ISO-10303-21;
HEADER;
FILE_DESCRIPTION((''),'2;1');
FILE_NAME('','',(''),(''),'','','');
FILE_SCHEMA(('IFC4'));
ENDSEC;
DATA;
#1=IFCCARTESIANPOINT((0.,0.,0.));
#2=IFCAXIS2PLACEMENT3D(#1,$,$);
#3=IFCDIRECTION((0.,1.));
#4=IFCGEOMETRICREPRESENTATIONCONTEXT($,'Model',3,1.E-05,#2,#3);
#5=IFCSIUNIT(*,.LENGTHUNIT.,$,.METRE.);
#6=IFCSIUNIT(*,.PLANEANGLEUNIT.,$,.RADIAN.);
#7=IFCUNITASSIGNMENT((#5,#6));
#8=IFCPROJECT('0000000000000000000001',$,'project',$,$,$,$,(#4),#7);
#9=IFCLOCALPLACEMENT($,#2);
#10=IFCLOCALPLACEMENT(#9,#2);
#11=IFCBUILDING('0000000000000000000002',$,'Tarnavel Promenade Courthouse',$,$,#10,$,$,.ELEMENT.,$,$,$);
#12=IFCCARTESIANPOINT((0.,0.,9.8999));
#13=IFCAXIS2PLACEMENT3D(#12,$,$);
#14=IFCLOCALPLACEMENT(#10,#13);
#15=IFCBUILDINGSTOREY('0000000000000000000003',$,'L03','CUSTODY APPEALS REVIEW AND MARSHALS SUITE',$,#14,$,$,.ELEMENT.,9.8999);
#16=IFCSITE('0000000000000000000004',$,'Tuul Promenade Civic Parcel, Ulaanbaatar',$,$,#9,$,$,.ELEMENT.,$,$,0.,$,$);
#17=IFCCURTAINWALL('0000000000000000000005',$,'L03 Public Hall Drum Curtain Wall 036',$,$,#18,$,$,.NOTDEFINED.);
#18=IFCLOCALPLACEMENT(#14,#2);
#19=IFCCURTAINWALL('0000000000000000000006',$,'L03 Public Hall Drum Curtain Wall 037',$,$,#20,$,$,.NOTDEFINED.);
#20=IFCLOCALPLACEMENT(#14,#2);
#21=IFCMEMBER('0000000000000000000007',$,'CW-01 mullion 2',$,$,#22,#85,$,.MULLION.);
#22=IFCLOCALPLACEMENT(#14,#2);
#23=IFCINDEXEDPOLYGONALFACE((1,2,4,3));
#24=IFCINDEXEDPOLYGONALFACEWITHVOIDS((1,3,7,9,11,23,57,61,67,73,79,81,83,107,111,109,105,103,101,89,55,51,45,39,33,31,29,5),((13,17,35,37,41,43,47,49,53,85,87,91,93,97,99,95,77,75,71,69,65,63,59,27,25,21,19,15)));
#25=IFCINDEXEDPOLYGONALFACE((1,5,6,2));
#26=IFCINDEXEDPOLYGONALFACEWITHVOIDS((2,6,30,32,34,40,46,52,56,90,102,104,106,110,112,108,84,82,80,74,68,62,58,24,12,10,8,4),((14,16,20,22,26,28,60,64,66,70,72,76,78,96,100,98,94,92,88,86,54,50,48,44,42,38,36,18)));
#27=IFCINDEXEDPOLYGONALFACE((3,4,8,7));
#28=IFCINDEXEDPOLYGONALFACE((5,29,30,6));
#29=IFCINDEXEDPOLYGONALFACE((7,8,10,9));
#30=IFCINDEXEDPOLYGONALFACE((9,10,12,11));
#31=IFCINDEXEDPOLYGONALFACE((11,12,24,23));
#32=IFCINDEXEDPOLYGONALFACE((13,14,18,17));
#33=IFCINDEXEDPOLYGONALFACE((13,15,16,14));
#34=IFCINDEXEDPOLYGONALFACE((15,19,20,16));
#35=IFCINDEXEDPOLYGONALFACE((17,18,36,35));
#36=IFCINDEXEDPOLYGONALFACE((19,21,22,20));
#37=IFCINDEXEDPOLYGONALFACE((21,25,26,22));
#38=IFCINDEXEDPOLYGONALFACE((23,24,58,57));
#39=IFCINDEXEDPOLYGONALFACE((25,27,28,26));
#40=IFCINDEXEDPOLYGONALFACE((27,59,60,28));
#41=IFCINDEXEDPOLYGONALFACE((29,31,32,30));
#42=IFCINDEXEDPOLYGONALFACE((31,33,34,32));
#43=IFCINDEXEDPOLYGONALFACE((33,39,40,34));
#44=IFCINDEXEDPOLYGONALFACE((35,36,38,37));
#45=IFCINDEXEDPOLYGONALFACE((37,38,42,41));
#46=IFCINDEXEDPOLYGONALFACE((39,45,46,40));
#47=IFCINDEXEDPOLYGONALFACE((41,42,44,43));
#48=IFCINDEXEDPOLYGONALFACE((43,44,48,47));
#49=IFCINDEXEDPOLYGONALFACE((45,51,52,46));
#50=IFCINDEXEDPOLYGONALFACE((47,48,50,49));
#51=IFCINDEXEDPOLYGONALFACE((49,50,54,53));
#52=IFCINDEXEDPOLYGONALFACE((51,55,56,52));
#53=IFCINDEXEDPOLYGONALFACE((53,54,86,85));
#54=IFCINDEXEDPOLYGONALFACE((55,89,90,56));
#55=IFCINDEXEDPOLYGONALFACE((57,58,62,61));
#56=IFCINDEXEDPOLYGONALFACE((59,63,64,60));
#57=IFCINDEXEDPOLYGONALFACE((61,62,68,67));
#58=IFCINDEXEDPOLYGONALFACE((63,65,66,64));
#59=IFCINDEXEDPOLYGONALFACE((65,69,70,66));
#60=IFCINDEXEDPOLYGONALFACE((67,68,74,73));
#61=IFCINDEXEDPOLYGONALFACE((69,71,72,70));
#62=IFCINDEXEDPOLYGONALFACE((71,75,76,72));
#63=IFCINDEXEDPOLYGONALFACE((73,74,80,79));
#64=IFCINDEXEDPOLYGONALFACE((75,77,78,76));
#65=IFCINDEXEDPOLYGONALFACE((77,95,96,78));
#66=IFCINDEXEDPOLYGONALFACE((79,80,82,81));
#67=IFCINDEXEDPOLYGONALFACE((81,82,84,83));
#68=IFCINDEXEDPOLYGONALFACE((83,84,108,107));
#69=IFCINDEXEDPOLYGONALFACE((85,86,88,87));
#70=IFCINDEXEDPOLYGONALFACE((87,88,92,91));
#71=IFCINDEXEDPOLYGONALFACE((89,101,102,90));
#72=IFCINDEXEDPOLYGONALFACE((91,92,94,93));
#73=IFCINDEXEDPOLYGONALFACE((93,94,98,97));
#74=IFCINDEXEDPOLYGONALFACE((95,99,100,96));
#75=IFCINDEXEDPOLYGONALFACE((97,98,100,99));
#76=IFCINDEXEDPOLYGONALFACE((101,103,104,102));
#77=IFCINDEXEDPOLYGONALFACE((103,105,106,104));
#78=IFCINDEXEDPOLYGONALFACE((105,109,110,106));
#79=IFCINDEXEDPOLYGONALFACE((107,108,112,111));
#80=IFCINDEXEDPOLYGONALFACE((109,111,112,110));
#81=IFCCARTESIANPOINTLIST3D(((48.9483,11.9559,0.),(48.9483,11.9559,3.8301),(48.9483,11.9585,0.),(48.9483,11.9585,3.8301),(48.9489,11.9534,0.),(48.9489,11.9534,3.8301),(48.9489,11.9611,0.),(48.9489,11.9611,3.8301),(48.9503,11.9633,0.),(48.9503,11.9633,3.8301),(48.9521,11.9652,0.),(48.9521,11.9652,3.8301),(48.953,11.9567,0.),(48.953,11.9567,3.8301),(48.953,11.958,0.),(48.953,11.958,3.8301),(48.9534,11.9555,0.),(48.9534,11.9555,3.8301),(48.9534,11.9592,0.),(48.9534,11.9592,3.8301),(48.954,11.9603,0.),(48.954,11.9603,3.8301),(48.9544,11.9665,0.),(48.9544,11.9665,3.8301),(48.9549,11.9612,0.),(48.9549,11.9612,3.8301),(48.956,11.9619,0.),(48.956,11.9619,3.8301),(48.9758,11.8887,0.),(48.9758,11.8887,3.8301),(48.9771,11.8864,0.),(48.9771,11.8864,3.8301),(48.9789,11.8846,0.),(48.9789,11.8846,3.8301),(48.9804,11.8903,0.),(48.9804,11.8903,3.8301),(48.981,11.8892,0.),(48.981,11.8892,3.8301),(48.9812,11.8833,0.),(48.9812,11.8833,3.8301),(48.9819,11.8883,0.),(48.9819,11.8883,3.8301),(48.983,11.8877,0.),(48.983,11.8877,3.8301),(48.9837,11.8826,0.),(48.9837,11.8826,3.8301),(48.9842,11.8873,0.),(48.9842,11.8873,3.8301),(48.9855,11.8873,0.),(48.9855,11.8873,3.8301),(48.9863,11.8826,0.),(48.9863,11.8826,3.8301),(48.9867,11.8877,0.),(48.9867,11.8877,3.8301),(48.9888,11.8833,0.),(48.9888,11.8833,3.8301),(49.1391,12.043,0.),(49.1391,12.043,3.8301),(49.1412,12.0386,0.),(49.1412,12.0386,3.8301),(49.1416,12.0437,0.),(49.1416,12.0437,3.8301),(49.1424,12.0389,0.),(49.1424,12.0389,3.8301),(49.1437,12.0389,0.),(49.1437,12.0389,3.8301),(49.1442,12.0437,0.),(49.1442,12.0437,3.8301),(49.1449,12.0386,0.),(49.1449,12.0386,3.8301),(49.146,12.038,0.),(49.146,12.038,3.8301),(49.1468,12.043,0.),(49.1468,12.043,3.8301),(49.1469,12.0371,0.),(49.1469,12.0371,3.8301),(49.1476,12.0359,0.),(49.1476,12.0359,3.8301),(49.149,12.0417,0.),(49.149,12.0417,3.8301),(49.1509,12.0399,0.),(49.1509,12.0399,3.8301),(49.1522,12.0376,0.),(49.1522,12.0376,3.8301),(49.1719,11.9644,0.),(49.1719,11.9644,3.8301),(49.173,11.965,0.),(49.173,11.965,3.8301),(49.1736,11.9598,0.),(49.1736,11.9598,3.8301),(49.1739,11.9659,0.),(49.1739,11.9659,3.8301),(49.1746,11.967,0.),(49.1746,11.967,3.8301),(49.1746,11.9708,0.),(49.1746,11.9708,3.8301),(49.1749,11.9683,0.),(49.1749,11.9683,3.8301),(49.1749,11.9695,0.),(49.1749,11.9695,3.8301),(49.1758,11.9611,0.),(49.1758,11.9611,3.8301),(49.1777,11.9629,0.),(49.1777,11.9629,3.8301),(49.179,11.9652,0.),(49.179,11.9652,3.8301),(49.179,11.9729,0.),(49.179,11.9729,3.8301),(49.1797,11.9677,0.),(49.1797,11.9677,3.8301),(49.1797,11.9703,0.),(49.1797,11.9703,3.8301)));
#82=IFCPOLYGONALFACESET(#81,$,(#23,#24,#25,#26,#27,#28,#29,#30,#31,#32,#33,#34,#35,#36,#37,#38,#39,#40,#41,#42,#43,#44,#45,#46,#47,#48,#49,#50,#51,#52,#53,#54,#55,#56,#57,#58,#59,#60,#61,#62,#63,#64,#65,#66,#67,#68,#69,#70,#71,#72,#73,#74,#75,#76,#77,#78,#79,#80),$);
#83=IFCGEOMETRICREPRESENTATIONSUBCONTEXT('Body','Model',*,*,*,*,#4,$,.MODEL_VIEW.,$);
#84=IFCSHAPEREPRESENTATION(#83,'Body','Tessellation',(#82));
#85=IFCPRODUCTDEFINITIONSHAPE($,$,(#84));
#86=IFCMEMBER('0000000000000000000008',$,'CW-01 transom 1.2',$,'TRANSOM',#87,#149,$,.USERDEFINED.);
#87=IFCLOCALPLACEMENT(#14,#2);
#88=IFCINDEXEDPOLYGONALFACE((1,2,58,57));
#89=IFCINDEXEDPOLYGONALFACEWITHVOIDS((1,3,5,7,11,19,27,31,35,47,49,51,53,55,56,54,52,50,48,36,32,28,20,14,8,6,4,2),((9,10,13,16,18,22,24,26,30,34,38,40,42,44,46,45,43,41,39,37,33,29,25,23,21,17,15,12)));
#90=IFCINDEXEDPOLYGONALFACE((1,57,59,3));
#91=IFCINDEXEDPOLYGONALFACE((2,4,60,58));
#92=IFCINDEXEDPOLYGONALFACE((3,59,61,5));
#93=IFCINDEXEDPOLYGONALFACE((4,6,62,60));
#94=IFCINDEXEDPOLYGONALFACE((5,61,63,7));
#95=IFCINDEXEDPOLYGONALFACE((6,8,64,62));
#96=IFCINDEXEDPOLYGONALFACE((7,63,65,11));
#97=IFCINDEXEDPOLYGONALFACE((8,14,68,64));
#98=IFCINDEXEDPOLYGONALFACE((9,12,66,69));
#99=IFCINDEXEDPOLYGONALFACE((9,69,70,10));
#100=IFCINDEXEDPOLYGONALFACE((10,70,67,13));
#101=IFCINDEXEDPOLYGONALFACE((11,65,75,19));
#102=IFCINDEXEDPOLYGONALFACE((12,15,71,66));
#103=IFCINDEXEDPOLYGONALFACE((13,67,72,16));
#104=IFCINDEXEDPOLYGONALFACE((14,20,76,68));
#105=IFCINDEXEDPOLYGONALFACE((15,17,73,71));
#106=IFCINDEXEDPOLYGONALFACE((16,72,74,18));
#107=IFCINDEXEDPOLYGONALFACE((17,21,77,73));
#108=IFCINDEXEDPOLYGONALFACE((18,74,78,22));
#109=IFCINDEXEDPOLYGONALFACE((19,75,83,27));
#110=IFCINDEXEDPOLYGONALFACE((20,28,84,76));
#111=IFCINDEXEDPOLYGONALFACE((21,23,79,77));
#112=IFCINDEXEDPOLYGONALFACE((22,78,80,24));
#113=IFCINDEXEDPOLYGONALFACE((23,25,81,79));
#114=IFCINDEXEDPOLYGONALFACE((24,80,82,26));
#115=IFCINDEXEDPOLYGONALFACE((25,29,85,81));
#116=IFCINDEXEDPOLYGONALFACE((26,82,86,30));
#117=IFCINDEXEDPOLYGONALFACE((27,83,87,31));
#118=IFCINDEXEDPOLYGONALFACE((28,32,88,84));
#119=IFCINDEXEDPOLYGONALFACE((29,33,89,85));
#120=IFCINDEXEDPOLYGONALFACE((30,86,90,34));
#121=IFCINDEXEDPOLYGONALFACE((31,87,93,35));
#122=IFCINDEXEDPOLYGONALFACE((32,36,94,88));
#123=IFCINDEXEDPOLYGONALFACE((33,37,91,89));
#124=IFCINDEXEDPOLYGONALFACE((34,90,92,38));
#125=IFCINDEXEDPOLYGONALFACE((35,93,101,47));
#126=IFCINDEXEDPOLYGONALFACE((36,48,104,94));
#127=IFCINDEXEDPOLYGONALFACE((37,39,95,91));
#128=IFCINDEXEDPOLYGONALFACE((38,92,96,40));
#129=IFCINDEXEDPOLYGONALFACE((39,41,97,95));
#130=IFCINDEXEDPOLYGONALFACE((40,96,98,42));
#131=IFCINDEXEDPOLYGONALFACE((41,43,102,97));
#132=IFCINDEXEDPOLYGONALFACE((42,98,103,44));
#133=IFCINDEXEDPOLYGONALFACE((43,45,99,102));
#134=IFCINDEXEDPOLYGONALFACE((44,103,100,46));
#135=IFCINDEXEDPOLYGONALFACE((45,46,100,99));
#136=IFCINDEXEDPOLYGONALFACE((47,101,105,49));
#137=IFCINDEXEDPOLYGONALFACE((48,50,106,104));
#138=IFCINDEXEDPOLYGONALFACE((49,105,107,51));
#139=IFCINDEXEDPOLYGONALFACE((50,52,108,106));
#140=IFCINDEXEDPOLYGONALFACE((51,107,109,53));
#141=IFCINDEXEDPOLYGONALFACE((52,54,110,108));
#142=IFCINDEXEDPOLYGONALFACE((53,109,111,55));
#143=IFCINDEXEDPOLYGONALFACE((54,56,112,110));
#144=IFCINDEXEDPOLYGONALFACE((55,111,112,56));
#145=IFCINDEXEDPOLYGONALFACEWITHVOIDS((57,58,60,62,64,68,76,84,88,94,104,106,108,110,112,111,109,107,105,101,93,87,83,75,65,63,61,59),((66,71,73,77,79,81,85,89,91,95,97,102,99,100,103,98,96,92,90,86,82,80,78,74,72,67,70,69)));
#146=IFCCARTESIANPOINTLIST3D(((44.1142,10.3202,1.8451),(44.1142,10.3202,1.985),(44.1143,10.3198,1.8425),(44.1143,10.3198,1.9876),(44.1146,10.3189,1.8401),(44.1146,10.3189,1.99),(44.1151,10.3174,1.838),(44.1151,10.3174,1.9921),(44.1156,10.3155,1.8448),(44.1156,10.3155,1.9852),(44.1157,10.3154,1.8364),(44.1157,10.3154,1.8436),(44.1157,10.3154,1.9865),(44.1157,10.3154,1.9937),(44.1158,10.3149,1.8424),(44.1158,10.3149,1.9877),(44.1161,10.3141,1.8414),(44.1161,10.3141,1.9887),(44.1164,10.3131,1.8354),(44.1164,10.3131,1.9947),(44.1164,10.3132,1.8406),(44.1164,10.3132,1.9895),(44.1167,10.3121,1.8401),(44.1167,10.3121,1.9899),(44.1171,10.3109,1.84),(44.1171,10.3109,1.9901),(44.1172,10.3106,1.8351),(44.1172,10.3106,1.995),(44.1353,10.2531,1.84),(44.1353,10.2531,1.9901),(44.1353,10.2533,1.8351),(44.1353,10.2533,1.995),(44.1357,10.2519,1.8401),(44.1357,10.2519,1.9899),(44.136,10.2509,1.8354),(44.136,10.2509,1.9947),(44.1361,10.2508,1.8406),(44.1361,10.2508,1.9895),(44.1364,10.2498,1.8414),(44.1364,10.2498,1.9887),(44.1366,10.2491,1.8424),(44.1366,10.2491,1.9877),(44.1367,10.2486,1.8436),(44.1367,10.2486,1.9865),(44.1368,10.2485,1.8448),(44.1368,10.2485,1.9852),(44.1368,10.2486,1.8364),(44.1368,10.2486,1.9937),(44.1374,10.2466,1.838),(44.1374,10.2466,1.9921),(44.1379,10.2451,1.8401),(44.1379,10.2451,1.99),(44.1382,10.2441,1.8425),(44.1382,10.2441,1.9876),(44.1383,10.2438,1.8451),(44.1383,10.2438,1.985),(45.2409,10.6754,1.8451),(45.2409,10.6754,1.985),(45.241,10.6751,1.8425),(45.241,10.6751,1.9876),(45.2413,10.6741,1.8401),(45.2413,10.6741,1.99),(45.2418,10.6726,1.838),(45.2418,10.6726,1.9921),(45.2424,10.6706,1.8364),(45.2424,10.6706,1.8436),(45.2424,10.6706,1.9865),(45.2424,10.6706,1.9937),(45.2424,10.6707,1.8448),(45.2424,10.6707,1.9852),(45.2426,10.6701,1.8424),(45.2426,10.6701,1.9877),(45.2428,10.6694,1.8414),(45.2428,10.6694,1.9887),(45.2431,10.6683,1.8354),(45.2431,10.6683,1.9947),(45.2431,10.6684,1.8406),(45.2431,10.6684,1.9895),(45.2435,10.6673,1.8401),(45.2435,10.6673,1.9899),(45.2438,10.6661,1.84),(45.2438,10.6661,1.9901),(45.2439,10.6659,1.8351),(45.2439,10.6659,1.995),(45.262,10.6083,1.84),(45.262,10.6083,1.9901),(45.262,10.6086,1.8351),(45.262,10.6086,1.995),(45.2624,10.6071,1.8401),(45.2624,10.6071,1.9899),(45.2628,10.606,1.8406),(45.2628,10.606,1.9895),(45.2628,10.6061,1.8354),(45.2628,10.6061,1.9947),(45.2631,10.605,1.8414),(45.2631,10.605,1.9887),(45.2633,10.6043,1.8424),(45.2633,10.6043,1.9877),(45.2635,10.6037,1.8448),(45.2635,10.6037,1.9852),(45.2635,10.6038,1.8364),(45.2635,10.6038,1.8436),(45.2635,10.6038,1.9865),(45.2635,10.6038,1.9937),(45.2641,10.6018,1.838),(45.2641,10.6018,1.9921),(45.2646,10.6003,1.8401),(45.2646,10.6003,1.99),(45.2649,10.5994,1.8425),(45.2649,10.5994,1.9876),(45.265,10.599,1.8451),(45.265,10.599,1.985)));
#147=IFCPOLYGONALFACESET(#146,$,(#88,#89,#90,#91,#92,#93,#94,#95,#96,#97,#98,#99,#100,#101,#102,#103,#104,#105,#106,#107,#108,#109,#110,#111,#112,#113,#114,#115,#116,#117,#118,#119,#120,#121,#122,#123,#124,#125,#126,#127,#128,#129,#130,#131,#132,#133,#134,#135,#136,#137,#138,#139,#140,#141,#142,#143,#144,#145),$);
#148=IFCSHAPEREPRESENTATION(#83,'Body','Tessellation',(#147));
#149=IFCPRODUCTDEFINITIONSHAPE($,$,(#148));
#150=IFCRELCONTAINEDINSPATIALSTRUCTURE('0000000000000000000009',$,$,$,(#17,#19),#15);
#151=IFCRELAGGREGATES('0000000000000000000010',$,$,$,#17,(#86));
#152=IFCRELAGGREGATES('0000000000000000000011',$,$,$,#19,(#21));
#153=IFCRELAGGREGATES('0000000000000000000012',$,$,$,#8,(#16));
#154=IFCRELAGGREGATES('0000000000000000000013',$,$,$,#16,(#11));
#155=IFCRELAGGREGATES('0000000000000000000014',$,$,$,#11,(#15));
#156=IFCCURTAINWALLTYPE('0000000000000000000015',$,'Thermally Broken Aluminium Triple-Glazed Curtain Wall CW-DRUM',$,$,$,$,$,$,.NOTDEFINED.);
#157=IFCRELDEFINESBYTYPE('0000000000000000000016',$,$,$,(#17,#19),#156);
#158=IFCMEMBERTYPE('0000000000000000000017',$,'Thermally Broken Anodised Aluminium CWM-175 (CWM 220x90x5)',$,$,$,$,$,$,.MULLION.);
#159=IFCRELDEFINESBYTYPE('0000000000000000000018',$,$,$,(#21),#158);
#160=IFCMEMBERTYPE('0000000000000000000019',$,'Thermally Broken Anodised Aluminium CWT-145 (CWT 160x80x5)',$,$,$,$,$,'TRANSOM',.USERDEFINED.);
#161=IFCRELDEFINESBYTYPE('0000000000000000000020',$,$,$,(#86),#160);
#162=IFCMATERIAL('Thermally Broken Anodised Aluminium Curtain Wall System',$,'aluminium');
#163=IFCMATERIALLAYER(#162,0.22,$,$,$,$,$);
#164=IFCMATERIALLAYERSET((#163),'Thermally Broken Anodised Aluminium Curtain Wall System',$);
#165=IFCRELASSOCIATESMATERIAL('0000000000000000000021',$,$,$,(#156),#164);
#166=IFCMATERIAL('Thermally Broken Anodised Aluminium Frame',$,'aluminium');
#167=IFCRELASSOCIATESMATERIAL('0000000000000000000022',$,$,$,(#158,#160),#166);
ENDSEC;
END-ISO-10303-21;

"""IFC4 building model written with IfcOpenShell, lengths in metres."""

from ifc_helpers import new_model, si_unit, direction, frame, origin, origin_2d, place, context, subcontext, project, spatial, hollow_rectangle, extrude, material, layer, layer_set, material_profile, profile_set, type_object, element, aggregate, save


model = new_model("IFC4")

# Units and contexts
model_context = context("Model", 3, precision=1e-05, world=origin(), true_north=direction((0.0, 1.0)))
body_context = subcontext(model_context, "Body", "Model", "MODEL_VIEW")
ifc_project = project(units=[si_unit("LENGTHUNIT", "METRE"), si_unit("PLANEANGLEUNIT", "RADIAN")], contexts=[model_context])

# Site, building, storey
site_placement = place(None, origin())
site = spatial("IfcSite", under=ifc_project, at=site_placement, Name="Tuul Promenade Civic Parcel, Ulaanbaatar", CompositionType="ELEMENT", RefElevation=0.0)
building_placement = place(site_placement, origin())
building = spatial("IfcBuilding", under=site, at=building_placement, Name="Tarnavel Promenade Courthouse", CompositionType="ELEMENT")
storey_placement = place(building_placement, frame((0.0, 0.0, 9.8999)))
storey = spatial("IfcBuildingStorey", under=building, at=storey_placement, Name="L03", Description="CUSTODY APPEALS REVIEW AND MARSHALS SUITE", CompositionType="ELEMENT", Elevation=9.8999)

# Curtain walls, member
ifc_material_1 = material(Name="Thermally Broken Anodised Aluminium Curtain Wall System", Category="aluminium")
ifc_layer_1 = layer(ifc_material_1, 0.22)
ifc_layer_set_1 = layer_set([ifc_layer_1], Name="Thermally Broken Anodised Aluminium Curtain Wall System")
curtain_wall_type = type_object("IfcCurtainWallType", Name="Thermally Broken Aluminium Triple-Glazed Curtain Wall CW-DRUM", PredefinedType="NOTDEFINED", material=ifc_layer_set_1)
curtain_wall_1_placement = place(storey_placement, origin())
curtain_wall_1 = element("IfcCurtainWall", 1, at=curtain_wall_1_placement, inside=storey, type_object=curtain_wall_type, Name="L03 Public Hall Drum Curtain Wall 036", PredefinedType="NOTDEFINED")
ifc_material_2 = material(Name="Thermally Broken Anodised Aluminium Frame", Category="aluminium")
ifc_material_profile_1 = material_profile(ifc_material_2, hollow_rectangle(XDim=0.0901, YDim=0.22, WallThickness=0.0049, InnerFilletRadius=0.0049, OuterFilletRadius=0.01, at=origin_2d()), Name="CWM 220x90x5")
ifc_profile_set_1 = profile_set([ifc_material_profile_1], Name="Thermally Broken Anodised Aluminium Frame")
member_type_1 = type_object("IfcMemberType", Name="Thermally Broken Anodised Aluminium CWM-175 (CWM 220x90x5)", PredefinedType="MULLION", material=ifc_profile_set_1)
curtain_wall_2_placement = place(storey_placement, origin())
curtain_wall_2 = element("IfcCurtainWall", 2, at=curtain_wall_2_placement, inside=storey, type_object=curtain_wall_type, Name="L03 Public Hall Drum Curtain Wall 037", PredefinedType="NOTDEFINED")
member_1_placement = place(storey_placement, frame((49.064, 11.9631, 0.0), z_axis=(0.0, 0.0, 1.0), x_axis=(-0.382685, 0.923879, 0.0)))
member_1 = element("IfcMember", 3, at=member_1_placement, type_object=member_type_1, Name="CW-01 mullion 2", PredefinedType="MULLION", context=body_context, shape_type="SweptSolid", body=[
    extrude(hollow_rectangle(XDim=0.0901, YDim=0.22, WallThickness=0.0049, InnerFilletRadius=0.0049, OuterFilletRadius=0.01, at=origin_2d()), origin(), (0.0, 0.0, 1.0), 3.8301),
])

# Member
ifc_material_profile_2 = material_profile(ifc_material_2, hollow_rectangle(XDim=0.0801, YDim=0.1599, WallThickness=0.0049, InnerFilletRadius=0.0049, OuterFilletRadius=0.01, at=origin_2d()), Name="CWT 160x80x5")
ifc_profile_set_2 = profile_set([ifc_material_profile_2], Name="Thermally Broken Anodised Aluminium Frame")
member_type_2 = type_object("IfcMemberType", Name="Thermally Broken Anodised Aluminium CWT-145 (CWT 160x80x5)", ElementType="TRANSOM", PredefinedType="USERDEFINED", material=ifc_profile_set_2)
member_2_placement = place(storey_placement, frame((44.1262, 10.282, 1.915), z_axis=(0.953723, 0.300686, 0.0), x_axis=(-0.300686, 0.953723, 0.0)))
member_2 = element("IfcMember", 4, at=member_2_placement, type_object=member_type_2, Name="CW-01 transom 1.2", ObjectType="TRANSOM", PredefinedType="USERDEFINED", context=body_context, shape_type="SweptSolid", body=[
    extrude(hollow_rectangle(XDim=0.0801, YDim=0.1599, WallThickness=0.0049, InnerFilletRadius=0.0049, OuterFilletRadius=0.01, at=origin_2d()), origin(), (0.0, 0.0, 1.0), 1.1814),
])

aggregate(curtain_wall_1, [member_2])
aggregate(curtain_wall_2, [member_1])

save(model, "model.ifc")
